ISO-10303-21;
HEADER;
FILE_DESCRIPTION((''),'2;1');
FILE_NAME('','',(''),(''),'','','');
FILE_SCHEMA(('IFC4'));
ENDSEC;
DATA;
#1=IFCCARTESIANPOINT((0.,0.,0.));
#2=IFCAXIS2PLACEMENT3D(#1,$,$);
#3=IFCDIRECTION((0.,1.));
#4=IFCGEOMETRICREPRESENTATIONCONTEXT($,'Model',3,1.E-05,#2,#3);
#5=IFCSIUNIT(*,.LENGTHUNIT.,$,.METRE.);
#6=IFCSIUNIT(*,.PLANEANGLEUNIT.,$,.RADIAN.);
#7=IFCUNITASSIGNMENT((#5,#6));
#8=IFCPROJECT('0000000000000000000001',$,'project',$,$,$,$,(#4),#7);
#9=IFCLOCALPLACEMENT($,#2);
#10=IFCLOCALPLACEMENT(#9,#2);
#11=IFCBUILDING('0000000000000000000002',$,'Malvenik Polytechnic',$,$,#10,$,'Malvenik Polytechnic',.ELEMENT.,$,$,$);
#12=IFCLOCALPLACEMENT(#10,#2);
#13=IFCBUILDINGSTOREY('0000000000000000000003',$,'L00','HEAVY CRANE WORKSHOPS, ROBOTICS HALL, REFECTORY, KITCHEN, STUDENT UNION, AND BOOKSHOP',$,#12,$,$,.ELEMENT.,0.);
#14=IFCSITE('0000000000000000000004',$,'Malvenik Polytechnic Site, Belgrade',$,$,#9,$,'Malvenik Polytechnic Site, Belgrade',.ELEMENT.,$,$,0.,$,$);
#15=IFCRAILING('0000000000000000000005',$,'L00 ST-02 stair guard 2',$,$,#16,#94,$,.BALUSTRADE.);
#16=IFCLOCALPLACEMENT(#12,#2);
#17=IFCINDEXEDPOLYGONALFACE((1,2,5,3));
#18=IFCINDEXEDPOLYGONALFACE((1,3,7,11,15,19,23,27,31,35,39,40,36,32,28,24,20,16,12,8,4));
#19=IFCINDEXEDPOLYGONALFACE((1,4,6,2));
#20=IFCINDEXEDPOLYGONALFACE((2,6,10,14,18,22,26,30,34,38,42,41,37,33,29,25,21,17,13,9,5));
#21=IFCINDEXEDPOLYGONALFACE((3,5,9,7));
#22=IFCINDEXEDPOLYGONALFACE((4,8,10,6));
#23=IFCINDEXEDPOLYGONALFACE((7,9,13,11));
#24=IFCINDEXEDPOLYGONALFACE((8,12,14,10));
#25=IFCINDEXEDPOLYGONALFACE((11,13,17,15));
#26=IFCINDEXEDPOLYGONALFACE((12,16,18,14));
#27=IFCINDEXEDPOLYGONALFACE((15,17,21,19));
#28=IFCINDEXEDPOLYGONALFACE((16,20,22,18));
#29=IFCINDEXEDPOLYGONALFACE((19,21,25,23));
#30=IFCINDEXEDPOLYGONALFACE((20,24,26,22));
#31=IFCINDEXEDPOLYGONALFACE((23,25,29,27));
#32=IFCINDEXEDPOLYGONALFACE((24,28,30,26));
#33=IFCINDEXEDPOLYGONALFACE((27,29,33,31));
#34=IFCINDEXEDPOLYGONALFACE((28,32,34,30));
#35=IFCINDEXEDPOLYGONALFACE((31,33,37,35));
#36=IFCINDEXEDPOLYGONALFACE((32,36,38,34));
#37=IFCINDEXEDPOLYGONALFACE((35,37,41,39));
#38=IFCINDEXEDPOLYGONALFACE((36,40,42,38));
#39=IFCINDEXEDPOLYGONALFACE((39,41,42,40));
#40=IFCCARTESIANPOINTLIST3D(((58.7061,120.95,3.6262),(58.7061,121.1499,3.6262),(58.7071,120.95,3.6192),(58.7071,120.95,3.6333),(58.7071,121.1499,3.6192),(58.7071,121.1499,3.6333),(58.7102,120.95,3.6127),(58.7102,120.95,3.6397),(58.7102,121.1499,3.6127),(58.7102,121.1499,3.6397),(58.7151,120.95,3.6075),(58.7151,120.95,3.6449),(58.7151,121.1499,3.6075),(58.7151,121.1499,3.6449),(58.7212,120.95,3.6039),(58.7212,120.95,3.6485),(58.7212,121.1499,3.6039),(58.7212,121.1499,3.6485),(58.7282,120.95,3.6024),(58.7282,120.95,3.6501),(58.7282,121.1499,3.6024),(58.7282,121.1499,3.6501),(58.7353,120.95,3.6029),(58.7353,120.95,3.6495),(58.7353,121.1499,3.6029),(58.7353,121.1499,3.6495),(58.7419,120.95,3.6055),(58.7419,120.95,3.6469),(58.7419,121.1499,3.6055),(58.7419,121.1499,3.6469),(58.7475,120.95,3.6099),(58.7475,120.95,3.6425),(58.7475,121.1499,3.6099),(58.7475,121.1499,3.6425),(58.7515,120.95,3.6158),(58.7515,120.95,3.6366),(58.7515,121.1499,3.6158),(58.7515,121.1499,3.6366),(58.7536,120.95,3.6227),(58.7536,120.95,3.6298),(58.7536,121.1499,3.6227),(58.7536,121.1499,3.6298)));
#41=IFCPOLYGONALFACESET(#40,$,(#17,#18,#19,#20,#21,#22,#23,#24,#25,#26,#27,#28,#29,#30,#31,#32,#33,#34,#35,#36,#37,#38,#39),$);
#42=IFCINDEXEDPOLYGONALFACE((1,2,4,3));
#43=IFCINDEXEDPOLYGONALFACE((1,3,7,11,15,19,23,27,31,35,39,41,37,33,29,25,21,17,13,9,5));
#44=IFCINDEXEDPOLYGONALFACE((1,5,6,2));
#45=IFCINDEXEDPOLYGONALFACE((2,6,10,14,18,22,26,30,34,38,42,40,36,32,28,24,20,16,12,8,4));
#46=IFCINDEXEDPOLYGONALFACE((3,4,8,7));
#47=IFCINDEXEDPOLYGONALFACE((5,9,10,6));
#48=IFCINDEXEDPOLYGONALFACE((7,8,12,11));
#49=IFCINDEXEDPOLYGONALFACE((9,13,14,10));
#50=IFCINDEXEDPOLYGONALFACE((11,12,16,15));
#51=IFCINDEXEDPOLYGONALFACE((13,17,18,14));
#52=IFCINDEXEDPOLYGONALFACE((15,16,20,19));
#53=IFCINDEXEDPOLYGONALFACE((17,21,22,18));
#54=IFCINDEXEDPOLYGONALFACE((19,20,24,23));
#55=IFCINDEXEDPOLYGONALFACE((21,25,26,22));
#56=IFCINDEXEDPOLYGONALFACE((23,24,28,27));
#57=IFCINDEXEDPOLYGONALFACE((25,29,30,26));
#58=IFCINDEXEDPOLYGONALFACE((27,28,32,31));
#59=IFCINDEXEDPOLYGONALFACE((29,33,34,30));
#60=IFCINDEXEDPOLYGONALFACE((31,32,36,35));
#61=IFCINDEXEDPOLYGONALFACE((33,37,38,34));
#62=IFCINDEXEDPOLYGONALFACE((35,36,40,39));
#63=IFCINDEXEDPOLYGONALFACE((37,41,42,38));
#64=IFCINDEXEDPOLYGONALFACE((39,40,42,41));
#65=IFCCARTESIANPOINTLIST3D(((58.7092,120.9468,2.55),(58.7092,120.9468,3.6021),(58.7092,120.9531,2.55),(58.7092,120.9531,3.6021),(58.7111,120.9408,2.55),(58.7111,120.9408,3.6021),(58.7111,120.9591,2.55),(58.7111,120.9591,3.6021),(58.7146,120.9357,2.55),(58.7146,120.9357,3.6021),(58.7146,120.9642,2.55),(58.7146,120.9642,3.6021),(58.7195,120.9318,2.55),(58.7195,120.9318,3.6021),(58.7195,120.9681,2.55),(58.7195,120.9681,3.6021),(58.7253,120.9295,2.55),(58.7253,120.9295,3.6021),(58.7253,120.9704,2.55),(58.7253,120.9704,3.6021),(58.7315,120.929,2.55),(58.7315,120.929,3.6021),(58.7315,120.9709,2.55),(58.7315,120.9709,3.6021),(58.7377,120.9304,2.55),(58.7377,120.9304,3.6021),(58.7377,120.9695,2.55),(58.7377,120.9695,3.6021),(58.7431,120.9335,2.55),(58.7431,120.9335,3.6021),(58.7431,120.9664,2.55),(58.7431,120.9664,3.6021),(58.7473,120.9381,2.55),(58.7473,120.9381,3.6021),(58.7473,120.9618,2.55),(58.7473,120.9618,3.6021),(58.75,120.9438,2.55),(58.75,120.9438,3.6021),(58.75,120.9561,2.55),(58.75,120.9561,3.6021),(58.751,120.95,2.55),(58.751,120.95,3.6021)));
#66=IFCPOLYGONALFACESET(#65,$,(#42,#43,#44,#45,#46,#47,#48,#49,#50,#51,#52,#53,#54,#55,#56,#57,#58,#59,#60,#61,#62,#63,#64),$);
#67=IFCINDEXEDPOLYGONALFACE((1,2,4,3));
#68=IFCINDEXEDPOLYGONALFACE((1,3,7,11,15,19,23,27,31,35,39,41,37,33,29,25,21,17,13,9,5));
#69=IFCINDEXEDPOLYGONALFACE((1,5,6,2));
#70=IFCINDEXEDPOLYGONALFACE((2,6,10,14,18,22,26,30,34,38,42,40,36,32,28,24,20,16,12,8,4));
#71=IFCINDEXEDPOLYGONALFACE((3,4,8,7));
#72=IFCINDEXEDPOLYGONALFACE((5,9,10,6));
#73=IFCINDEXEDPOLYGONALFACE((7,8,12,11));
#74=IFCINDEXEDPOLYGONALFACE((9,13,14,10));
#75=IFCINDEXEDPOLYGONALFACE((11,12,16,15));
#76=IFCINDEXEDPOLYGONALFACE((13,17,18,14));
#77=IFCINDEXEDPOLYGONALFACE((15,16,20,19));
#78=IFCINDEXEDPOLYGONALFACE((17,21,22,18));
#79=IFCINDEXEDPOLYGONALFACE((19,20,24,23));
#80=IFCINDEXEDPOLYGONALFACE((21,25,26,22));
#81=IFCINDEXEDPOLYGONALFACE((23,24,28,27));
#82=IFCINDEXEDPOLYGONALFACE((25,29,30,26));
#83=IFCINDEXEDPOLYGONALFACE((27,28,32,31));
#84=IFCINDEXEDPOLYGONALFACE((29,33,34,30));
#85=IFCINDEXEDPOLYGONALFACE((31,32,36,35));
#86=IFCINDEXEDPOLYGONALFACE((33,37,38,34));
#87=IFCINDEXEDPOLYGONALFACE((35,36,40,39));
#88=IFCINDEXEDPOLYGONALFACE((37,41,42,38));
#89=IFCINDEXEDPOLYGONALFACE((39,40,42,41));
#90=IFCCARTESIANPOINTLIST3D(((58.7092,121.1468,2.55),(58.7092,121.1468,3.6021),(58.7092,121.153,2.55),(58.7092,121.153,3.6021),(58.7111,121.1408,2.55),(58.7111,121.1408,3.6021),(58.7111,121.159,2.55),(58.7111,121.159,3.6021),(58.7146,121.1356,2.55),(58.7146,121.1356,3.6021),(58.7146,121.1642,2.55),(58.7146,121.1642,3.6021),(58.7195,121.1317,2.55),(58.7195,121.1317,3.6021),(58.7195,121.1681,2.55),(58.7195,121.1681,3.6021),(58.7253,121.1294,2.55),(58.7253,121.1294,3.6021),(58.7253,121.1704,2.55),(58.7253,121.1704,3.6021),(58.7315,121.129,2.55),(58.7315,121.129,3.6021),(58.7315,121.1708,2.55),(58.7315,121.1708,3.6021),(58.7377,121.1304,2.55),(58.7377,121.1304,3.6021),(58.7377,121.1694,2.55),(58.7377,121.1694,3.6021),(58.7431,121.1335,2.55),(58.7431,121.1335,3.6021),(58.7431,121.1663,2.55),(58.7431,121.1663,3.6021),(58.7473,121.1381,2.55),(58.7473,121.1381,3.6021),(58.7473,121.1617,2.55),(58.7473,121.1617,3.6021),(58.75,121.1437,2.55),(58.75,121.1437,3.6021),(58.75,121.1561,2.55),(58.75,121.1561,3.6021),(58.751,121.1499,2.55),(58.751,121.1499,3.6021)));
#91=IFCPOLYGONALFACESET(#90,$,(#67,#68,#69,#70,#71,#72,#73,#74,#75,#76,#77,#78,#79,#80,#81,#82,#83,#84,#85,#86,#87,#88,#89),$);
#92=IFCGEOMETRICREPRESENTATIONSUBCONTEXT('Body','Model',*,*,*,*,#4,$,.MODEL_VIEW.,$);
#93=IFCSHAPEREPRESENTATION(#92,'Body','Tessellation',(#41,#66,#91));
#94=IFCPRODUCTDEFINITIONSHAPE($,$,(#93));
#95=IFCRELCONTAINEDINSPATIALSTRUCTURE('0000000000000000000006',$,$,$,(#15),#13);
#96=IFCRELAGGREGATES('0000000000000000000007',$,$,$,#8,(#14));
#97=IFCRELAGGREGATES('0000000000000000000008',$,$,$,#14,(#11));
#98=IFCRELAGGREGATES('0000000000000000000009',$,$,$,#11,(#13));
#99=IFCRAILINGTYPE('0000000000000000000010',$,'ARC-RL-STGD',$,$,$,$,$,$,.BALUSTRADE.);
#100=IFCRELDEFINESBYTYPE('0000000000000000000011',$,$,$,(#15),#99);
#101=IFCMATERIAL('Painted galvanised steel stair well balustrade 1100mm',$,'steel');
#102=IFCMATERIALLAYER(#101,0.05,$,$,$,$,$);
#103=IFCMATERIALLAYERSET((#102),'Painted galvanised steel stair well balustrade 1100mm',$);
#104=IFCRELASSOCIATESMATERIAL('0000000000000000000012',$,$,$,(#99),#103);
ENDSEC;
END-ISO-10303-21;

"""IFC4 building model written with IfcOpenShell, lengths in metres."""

from ifc_helpers import new_model, si_unit, direction, frame, origin, origin_2d, place, context, subcontext, project, spatial, circle, extrude, material, layer, layer_set, type_object, element, save


model = new_model("IFC4")

# Units and contexts
model_context = context("Model", 3, precision=1e-05, world=origin(), true_north=direction((0.0, 1.0)))
body_context = subcontext(model_context, "Body", "Model", "MODEL_VIEW")
ifc_project = project(units=[si_unit("LENGTHUNIT", "METRE"), si_unit("PLANEANGLEUNIT", "RADIAN")], contexts=[model_context])

# Site, building, storey
site_placement = place(None, origin())
site = spatial("IfcSite", under=ifc_project, at=site_placement, Name="Malvenik Polytechnic Site, Belgrade", LongName="Malvenik Polytechnic Site, Belgrade", CompositionType="ELEMENT", RefElevation=0.0)
building_placement = place(site_placement, origin())
building = spatial("IfcBuilding", under=site, at=building_placement, Name="Malvenik Polytechnic", LongName="Malvenik Polytechnic", CompositionType="ELEMENT")
storey_placement = place(building_placement, origin())
storey = spatial("IfcBuildingStorey", under=building, at=storey_placement, Name="L00", Description="HEAVY CRANE WORKSHOPS, ROBOTICS HALL, REFECTORY, KITCHEN, STUDENT UNION, AND BOOKSHOP", CompositionType="ELEMENT", Elevation=0.0)

# Railing
ifc_material_1 = material(Name="Painted galvanised steel stair well balustrade 1100mm", Category="steel")
ifc_layer_1 = layer(ifc_material_1, 0.05)
ifc_layer_set_1 = layer_set([ifc_layer_1], Name="Painted galvanised steel stair well balustrade 1100mm")
railing_type_1 = type_object("IfcRailingType", Name="ARC-RL-STGD", PredefinedType="BALUSTRADE", material=ifc_layer_set_1)
railing_1_placement = place(storey_placement, frame((58.73, 120.95, 2.55)))
element("IfcRailing", 1, at=railing_1_placement, inside=storey, type_object=railing_type_1, Name="L00 ST-02 stair guard 2", PredefinedType="BALUSTRADE", context=body_context, shape_type="SweptSolid", body=[
    extrude(circle(Radius=0.0239, at=origin_2d()), frame((0.0, 0.0, 1.0762), z_axis=(0.0, 1.0, 0.0), x_axis=(-1.0, 0.0, 0.0)), (0.0, 0.0, 1.0), 0.2),
    extrude(circle(Radius=0.021, at=origin_2d()), origin(), (0.0, 0.0, 1.0), 1.052),
    extrude(circle(Radius=0.021, at=origin_2d()), frame((0.0, 0.2, 0.0)), (0.0, 0.0, 1.0), 1.052),
])

save(model, "model.ifc")
